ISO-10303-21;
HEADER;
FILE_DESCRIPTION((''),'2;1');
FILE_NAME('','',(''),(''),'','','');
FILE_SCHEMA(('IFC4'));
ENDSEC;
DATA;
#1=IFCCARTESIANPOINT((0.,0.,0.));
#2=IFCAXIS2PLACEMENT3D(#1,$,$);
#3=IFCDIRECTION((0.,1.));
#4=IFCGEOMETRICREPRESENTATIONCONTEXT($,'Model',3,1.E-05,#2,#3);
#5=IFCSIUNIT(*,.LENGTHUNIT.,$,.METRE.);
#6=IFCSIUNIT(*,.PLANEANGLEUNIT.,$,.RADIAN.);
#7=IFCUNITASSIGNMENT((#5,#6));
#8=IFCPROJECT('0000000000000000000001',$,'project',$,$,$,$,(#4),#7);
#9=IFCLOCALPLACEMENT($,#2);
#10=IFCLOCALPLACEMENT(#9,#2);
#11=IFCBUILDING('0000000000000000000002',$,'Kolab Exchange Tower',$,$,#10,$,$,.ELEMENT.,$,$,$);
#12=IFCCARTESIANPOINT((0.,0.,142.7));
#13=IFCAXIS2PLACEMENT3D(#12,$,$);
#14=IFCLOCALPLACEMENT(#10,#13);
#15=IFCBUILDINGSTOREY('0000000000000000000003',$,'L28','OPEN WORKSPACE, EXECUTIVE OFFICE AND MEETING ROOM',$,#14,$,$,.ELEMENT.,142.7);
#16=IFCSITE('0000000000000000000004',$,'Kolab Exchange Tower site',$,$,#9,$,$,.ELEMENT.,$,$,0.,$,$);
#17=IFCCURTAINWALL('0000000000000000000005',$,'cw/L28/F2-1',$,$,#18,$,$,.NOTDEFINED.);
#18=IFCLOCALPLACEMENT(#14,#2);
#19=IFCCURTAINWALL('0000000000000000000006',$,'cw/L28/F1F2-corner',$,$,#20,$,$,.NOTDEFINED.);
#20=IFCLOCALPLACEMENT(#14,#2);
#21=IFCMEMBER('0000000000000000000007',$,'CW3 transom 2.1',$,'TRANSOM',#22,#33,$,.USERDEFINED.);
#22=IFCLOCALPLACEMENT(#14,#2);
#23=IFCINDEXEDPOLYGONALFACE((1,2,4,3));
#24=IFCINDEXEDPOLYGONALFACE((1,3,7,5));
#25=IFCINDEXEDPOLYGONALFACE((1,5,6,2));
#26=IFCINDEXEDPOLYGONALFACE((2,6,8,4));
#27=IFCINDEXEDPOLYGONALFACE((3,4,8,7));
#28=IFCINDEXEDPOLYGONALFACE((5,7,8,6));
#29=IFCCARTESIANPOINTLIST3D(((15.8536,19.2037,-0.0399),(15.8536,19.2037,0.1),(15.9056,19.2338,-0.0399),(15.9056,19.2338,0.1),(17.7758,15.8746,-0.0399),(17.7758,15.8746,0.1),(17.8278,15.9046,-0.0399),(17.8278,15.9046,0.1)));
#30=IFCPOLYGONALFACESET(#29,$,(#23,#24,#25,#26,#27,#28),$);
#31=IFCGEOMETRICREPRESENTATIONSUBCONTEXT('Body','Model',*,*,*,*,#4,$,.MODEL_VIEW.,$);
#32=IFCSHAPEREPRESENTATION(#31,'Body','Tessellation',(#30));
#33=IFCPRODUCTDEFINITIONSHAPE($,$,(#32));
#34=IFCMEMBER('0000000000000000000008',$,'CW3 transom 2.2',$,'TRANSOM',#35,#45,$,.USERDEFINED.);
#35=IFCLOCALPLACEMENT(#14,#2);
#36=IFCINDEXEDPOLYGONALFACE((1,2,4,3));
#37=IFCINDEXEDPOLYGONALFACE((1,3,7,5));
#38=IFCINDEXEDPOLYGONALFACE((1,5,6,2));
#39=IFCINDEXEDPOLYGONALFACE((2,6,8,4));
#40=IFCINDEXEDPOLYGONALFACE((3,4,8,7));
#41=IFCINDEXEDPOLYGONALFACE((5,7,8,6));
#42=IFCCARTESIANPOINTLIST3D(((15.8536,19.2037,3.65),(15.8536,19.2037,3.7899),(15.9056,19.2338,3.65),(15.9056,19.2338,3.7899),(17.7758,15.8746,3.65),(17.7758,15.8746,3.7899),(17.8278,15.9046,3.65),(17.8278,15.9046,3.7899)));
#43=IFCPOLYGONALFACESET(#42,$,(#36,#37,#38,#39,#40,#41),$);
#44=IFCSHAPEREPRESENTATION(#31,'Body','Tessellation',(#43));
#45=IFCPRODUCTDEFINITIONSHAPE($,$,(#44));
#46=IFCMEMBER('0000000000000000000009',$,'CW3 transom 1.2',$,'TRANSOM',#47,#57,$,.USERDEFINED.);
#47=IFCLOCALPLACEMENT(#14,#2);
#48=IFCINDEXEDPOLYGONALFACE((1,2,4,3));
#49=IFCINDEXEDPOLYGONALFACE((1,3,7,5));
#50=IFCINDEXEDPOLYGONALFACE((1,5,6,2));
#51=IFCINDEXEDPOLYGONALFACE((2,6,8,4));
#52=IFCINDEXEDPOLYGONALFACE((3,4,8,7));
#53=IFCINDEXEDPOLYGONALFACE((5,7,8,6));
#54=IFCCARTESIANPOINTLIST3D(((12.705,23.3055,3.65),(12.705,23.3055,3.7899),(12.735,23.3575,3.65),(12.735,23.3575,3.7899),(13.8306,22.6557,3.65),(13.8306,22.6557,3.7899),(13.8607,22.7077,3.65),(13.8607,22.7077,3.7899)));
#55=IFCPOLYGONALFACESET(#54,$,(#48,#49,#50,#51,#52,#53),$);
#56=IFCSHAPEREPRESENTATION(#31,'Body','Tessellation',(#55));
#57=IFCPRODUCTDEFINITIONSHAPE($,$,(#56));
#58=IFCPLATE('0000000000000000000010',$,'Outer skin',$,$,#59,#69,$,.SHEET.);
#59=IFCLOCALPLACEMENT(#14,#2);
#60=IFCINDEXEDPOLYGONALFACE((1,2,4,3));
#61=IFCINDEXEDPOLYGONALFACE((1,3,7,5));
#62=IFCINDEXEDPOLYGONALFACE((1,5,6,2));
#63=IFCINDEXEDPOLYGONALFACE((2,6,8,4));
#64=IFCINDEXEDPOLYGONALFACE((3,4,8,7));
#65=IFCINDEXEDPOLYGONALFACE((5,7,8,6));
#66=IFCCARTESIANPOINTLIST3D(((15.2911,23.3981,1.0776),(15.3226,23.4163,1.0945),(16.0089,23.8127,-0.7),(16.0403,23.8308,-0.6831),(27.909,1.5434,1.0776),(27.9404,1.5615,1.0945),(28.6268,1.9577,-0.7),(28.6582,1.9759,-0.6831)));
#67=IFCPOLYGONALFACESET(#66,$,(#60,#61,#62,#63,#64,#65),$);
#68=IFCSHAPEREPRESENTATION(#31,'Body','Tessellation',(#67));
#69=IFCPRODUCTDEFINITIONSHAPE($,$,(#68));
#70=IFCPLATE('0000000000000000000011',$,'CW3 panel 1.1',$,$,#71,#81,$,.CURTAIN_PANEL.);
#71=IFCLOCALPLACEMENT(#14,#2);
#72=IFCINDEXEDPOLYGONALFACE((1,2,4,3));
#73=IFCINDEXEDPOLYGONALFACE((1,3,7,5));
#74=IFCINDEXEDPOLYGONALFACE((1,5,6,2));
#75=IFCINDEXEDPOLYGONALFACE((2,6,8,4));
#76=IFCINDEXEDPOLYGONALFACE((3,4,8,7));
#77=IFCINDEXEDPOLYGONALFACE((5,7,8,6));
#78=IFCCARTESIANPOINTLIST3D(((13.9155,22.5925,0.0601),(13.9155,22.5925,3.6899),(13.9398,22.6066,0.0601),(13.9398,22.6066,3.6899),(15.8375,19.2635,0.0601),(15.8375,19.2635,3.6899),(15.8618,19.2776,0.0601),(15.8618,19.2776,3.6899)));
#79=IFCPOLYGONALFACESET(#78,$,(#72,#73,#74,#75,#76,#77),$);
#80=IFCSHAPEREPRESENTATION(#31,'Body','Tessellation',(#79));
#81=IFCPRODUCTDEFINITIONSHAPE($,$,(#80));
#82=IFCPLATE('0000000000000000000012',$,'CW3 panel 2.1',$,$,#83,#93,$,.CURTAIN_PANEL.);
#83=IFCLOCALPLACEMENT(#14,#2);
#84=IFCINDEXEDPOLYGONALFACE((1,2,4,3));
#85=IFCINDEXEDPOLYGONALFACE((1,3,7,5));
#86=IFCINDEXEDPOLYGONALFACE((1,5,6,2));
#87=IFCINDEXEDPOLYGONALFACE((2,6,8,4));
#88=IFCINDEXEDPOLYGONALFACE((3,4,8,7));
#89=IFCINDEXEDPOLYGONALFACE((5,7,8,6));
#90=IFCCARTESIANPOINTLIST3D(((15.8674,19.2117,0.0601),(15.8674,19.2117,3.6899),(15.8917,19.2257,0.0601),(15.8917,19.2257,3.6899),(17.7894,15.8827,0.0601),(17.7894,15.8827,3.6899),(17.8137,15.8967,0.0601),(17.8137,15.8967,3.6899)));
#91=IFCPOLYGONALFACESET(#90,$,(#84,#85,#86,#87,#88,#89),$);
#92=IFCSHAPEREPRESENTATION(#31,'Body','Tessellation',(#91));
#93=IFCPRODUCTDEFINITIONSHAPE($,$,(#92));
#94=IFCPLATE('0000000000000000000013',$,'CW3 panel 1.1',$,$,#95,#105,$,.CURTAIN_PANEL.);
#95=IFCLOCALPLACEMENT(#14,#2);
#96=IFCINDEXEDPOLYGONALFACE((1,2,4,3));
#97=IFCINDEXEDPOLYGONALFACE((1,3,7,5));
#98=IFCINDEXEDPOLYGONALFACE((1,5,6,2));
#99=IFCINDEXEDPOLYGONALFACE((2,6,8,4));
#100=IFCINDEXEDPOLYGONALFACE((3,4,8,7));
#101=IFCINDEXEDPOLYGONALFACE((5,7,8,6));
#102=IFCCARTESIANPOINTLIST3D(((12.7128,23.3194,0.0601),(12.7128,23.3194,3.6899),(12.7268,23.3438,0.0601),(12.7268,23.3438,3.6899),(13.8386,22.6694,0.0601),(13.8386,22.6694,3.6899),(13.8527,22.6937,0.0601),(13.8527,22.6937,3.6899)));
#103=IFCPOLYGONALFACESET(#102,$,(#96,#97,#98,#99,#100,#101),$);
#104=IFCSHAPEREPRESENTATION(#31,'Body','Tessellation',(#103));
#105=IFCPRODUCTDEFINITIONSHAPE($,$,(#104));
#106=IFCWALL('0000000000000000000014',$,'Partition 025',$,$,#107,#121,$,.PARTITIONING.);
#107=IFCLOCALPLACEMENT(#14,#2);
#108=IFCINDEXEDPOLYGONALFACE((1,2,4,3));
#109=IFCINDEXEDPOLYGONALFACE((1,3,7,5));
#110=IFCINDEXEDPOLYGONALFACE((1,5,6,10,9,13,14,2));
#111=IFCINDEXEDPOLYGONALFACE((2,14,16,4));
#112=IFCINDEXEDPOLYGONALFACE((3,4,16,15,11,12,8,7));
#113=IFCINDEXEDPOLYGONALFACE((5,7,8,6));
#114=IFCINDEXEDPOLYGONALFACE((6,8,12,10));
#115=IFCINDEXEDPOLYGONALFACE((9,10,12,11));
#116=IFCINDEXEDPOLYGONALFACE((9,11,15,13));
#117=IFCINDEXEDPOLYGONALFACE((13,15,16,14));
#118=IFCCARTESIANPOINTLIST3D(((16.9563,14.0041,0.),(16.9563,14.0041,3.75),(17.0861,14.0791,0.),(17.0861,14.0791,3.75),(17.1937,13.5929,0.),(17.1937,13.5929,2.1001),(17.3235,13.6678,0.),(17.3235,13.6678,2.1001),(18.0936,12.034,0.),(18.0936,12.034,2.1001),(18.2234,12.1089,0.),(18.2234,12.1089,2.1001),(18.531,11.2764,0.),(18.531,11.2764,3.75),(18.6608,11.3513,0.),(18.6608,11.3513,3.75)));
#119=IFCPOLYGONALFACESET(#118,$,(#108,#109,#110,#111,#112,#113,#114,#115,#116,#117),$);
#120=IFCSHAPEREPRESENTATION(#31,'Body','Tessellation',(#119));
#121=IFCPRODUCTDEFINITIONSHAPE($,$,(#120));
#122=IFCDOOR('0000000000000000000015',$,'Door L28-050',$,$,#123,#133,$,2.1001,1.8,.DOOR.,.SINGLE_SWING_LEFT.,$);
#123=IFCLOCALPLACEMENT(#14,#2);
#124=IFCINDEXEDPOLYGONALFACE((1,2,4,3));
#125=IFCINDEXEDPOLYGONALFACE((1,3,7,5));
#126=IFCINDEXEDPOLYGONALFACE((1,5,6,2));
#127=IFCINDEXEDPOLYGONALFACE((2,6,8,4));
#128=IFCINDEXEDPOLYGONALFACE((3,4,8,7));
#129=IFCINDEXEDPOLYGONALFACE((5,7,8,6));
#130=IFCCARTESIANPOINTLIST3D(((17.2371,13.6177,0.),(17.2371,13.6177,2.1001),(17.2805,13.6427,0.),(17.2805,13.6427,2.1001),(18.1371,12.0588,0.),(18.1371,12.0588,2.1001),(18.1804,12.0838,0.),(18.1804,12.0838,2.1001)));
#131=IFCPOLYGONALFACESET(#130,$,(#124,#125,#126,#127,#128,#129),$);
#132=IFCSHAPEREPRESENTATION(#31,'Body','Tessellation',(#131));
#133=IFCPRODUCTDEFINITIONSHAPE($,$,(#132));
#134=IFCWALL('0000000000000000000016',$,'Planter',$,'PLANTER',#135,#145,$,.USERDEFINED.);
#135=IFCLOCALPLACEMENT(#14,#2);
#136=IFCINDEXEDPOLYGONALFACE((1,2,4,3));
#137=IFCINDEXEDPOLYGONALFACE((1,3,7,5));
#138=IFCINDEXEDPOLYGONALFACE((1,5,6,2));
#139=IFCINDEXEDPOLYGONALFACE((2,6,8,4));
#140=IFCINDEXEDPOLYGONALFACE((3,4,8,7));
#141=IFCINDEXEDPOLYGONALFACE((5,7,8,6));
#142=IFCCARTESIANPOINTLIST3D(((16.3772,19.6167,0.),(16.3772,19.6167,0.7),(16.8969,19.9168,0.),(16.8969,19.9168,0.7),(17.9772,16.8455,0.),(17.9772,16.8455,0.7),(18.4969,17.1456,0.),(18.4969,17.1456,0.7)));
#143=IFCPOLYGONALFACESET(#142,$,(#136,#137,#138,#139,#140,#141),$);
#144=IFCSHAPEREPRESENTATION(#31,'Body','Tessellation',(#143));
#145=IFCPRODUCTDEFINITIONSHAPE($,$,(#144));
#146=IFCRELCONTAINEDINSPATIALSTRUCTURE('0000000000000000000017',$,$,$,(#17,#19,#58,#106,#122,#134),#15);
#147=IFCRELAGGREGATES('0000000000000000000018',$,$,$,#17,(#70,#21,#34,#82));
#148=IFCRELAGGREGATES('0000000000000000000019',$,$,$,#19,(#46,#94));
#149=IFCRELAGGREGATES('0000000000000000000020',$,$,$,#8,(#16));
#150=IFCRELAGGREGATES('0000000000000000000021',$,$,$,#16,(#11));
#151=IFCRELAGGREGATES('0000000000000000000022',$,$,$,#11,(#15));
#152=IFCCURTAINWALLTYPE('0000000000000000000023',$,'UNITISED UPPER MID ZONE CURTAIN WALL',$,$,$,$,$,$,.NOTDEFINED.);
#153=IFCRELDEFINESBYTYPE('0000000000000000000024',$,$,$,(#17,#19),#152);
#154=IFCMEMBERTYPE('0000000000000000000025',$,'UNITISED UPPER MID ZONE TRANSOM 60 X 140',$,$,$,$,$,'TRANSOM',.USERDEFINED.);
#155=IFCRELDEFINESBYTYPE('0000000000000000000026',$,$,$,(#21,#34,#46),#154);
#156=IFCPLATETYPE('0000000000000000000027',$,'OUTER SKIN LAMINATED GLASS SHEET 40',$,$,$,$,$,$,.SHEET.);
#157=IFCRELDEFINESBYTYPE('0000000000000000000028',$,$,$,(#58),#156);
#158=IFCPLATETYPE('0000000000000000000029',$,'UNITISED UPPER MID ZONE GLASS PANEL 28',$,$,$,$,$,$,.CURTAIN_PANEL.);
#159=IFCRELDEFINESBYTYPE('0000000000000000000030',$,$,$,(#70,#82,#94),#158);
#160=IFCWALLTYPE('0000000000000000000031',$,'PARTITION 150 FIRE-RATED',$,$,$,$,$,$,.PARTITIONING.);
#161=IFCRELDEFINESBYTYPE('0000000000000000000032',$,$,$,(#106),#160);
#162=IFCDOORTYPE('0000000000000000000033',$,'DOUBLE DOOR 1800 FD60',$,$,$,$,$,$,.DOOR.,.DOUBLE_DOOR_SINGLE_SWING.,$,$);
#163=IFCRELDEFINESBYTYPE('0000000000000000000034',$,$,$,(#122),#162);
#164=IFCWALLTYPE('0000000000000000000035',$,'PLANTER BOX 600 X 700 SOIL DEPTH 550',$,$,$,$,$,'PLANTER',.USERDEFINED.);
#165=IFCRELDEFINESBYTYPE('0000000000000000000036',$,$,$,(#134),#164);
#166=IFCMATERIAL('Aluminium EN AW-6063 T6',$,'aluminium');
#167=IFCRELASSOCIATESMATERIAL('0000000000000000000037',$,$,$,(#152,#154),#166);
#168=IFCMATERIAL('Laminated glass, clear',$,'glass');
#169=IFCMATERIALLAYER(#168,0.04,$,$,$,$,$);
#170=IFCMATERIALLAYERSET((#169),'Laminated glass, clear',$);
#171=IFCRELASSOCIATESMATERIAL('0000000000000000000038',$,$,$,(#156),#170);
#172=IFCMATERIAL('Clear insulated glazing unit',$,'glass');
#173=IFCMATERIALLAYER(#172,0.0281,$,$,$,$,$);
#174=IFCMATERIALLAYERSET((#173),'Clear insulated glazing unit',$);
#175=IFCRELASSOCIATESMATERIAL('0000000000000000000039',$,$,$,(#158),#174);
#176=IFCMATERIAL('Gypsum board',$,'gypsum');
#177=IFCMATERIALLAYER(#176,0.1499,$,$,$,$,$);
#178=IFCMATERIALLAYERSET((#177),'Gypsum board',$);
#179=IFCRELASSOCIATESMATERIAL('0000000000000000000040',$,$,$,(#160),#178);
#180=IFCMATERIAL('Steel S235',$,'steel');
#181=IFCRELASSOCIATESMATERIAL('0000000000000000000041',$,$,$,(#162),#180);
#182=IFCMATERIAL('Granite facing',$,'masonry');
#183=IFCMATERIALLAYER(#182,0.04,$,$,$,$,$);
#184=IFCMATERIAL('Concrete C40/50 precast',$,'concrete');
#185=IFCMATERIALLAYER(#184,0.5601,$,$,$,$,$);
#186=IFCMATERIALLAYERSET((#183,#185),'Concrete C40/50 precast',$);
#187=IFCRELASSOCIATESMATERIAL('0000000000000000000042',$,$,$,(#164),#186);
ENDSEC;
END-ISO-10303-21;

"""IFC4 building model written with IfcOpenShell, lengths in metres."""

from ifc_helpers import new_model, si_unit, direction, frame, frame_2d, origin, origin_2d, place, context, subcontext, project, spatial, polyline, rectangle, outline, extrude, material, layer, layer_set, material_profile, profile_set, type_object, element, fill, aggregate, save


model = new_model("IFC4")

# Units and contexts
model_context = context("Model", 3, precision=1e-05, world=origin(), true_north=direction((0.0, 1.0)))
body_context = subcontext(model_context, "Body", "Model", "MODEL_VIEW")
ifc_project = project(units=[si_unit("LENGTHUNIT", "METRE"), si_unit("PLANEANGLEUNIT", "RADIAN")], contexts=[model_context])

# Site, building, storey
site_placement = place(None, origin())
site = spatial("IfcSite", under=ifc_project, at=site_placement, Name="Kolab Exchange Tower site", CompositionType="ELEMENT", RefElevation=0.0)
building_placement = place(site_placement, origin())
building = spatial("IfcBuilding", under=site, at=building_placement, Name="Kolab Exchange Tower", CompositionType="ELEMENT")
storey_placement = place(building_placement, frame((0.0, 0.0, 142.7)))
storey = spatial("IfcBuildingStorey", under=building, at=storey_placement, Name="L28", Description="OPEN WORKSPACE, EXECUTIVE OFFICE AND MEETING ROOM", CompositionType="ELEMENT", Elevation=142.7)

# Curtain wall
ifc_material_1 = material(Name="Aluminium EN AW-6063 T6", Category="aluminium")
curtain_wall_type = type_object("IfcCurtainWallType", Name="UNITISED UPPER MID ZONE CURTAIN WALL", PredefinedType="NOTDEFINED", material=ifc_material_1)
curtain_wall_1_placement = place(storey_placement, origin())
curtain_wall_1 = element("IfcCurtainWall", 1, at=curtain_wall_1_placement, inside=storey, type_object=curtain_wall_type, Name="cw/L28/F2-1", PredefinedType="NOTDEFINED")

# Curtain wall
curtain_wall_2_placement = place(storey_placement, origin())
curtain_wall_2 = element("IfcCurtainWall", 2, at=curtain_wall_2_placement, inside=storey, type_object=curtain_wall_type, Name="cw/L28/F1F2-corner", PredefinedType="NOTDEFINED")

# Members
ifc_material_profile_1 = material_profile(ifc_material_1, rectangle(XDim=0.0601, YDim=0.1399, at=origin_2d()), Name="RECT 60X140")
ifc_profile_set_1 = profile_set([ifc_material_profile_1], Name="Aluminium EN AW-6063 T6")
member_type_1 = type_object("IfcMemberType", Name="UNITISED UPPER MID ZONE TRANSOM 60 X 140", ElementType="TRANSOM", PredefinedType="USERDEFINED", material=ifc_profile_set_1)
member_1_placement = place(storey_placement, frame((15.8796, 19.2188, 0.03), z_axis=(0.500012, -0.866018, 0.0), x_axis=(0.866018, 0.500012, 0.0)))
member_1 = element("IfcMember", 3, at=member_1_placement, type_object=member_type_1, Name="CW3 transom 2.1", ObjectType="TRANSOM", PredefinedType="USERDEFINED", context=body_context, shape_type="SweptSolid", body=[
    extrude(rectangle(XDim=0.0601, YDim=0.1399, at=origin_2d()), origin(), (0.0, 0.0, 1.0), 3.8442),
])
member_2_placement = place(storey_placement, frame((15.8796, 19.2188, 3.72), z_axis=(0.500012, -0.866018, 0.0), x_axis=(0.866018, 0.500012, 0.0)))
member_2 = element("IfcMember", 4, at=member_2_placement, type_object=member_type_1, Name="CW3 transom 2.2", ObjectType="TRANSOM", PredefinedType="USERDEFINED", context=body_context, shape_type="SweptSolid", body=[
    extrude(rectangle(XDim=0.0601, YDim=0.1399, at=origin_2d()), origin(), (0.0, 0.0, 1.0), 3.8442),
])
member_3_placement = place(storey_placement, frame((12.72, 23.3315, 3.72), z_axis=(0.866039, -0.499977, 0.0), x_axis=(0.499977, 0.866039, 0.0)))
member_3 = element("IfcMember", 5, at=member_3_placement, type_object=member_type_1, Name="CW3 transom 1.2", ObjectType="TRANSOM", PredefinedType="USERDEFINED", context=body_context, shape_type="SweptSolid", body=[
    extrude(rectangle(XDim=0.0601, YDim=0.1399, at=origin_2d()), origin(), (0.0, 0.0, 1.0), 1.2998),
])

# Plates
ifc_material_2 = material(Name="Laminated glass, clear", Category="glass")
ifc_layer_1 = layer(ifc_material_2, 0.04)
ifc_layer_set_1 = layer_set([ifc_layer_1], Name="Laminated glass, clear")
plate_type_1 = type_object("IfcPlateType", Name="OUTER SKIN LAMINATED GLASS SHEET 40", PredefinedType="SHEET", material=ifc_layer_set_1)
plate_1_placement = place(storey_placement, frame((16.0403, 23.8308, -0.6831), z_axis=(0.784899, 0.453162, 0.422585), x_axis=(0.5, -0.866025, 0.000001)))
element("IfcPlate", 6, at=plate_1_placement, inside=storey, type_object=plate_type_1, Name="Outer skin", PredefinedType="SHEET", context=body_context, shape_type="SweptSolid", body=[
    extrude(outline(polyline([(0.0, 0.0), (25.2359, 0.0), (25.2358, -1.9613), (0.0001, -1.9613), (0.0, 0.0)])), origin(), (0.0, 0.0, -1.0), 0.04),
])
ifc_material_3 = material(Name="Clear insulated glazing unit", Category="glass")
ifc_layer_2 = layer(ifc_material_3, 0.0281)
ifc_layer_set_2 = layer_set([ifc_layer_2], Name="Clear insulated glazing unit")
plate_type_2 = type_object("IfcPlateType", Name="UNITISED UPPER MID ZONE GLASS PANEL 28", PredefinedType="CURTAIN_PANEL", material=ifc_layer_set_2)
plate_2_placement = place(storey_placement, frame((14.8887, 20.9351, 0.0601), z_axis=(0.0, 0.0, 1.0), x_axis=(0.5, -0.866025, 0.0)))
plate_2 = element("IfcPlate", 7, at=plate_2_placement, type_object=plate_type_2, Name="CW3 panel 1.1", PredefinedType="CURTAIN_PANEL", context=body_context, shape_type="SweptSolid", body=[
    extrude(rectangle(XDim=3.844, YDim=0.0281, at=origin_2d()), origin(), (0.0, 0.0, 1.0), 3.6299),
])
plate_3_placement = place(storey_placement, frame((16.8406, 17.5542, 0.0601), z_axis=(0.0, 0.0, 1.0), x_axis=(0.5, -0.866025, 0.0)))
plate_3 = element("IfcPlate", 8, at=plate_3_placement, type_object=plate_type_2, Name="CW3 panel 2.1", PredefinedType="CURTAIN_PANEL", context=body_context, shape_type="SweptSolid", body=[
    extrude(rectangle(XDim=3.844, YDim=0.0281, at=origin_2d()), origin(), (0.0, 0.0, 1.0), 3.6299),
])
aggregate(curtain_wall_1, [plate_2, member_1, member_2, plate_3])
plate_4_placement = place(storey_placement, frame((13.2827, 23.0066, 0.0601), z_axis=(0.0, 0.0, 1.0), x_axis=(0.866025, -0.5, 0.0)))
plate_4 = element("IfcPlate", 9, at=plate_4_placement, type_object=plate_type_2, Name="CW3 panel 1.1", PredefinedType="CURTAIN_PANEL", context=body_context, shape_type="SweptSolid", body=[
    extrude(rectangle(XDim=1.3, YDim=0.0281, at=origin_2d()), origin(), (0.0, 0.0, 1.0), 3.6299),
])
aggregate(curtain_wall_2, [member_3, plate_4])

# Wall, opening, door
ifc_material_4 = material(Name="Gypsum board", Category="gypsum")
ifc_layer_3 = layer(ifc_material_4, 0.1499)
ifc_layer_set_3 = layer_set([ifc_layer_3], Name="Gypsum board")
wall_type_1 = type_object("IfcWallType", Name="PARTITION 150 FIRE-RATED", PredefinedType="PARTITIONING", material=ifc_layer_set_3)
wall_1_placement = place(storey_placement, frame((17.0212, 14.0415, 0.0), z_axis=(0.0, 0.0, 1.0), x_axis=(0.499957, -0.86605, 0.0)))
wall_1 = element("IfcWall", 10, at=wall_1_placement, inside=storey, type_object=wall_type_1, Name="Partition 025", PredefinedType="PARTITIONING", context=body_context, shape_type="SweptSolid", body=[
    extrude(rectangle(XDim=3.1497, YDim=0.1499, at=frame_2d((1.5747, 0.0))), origin(), (0.0, 0.0, 1.0), 3.75),
])
opening_1_placement = place(wall_1_placement, frame((0.4749, 0.0, 0.0)))
opening_1 = element("IfcOpeningElement", 11, at=opening_1_placement, cuts=wall_1, PredefinedType="OPENING", context=body_context, shape_type="SweptSolid", body=[
    extrude(rectangle(XDim=1.8, YDim=2.1001, at=frame_2d((0.8999, 1.05))), frame((0.0, 0.085, 0.0), z_axis=(0.0, -1.0, 0.0), x_axis=(1.0, 0.0, 0.0)), (0.0, 0.0, 1.0), 0.1699),
])
ifc_material_5 = material(Name="Steel S235", Category="steel")
door_type_1 = type_object("IfcDoorType", Name="DOUBLE DOOR 1800 FD60", OperationType="DOUBLE_DOOR_SINGLE_SWING", PredefinedType="DOOR", material=ifc_material_5)
door_1_placement = place(opening_1_placement, frame((1.8, 0.0, 0.0), z_axis=(0.0, 0.0, 1.0), x_axis=(-1.0, 0.0, 0.0)))
door_1 = element("IfcDoor", 12, at=door_1_placement, inside=storey, type_object=door_type_1, Name="Door L28-050", OperationType="SINGLE_SWING_LEFT", OverallHeight=2.1001, OverallWidth=1.8, PredefinedType="DOOR", context=body_context, shape_type="SweptSolid", body=[
    extrude(rectangle(XDim=1.8, YDim=2.1001, at=frame_2d((0.8999, 1.05))), frame((0.0, 0.0249, 0.0), z_axis=(0.0, -1.0, 0.0), x_axis=(1.0, 0.0, 0.0)), (0.0, 0.0, 1.0), 0.05),
])
fill(opening_1, door_1)

# Wall
ifc_material_6 = material(Name="Granite facing", Category="masonry")
ifc_layer_4 = layer(ifc_material_6, 0.04)
ifc_material_7 = material(Name="Concrete C40/50 precast", Category="concrete")
ifc_layer_5 = layer(ifc_material_7, 0.5601)
ifc_layer_set_4 = layer_set([ifc_layer_4, ifc_layer_5], Name="Concrete C40/50 precast")
wall_type_2 = type_object("IfcWallType", Name="PLANTER BOX 600 X 700 SOIL DEPTH 550", ElementType="PLANTER", PredefinedType="USERDEFINED", material=ifc_layer_set_4)
wall_2_placement = place(storey_placement, frame((16.637, 19.7668, 0.0), z_axis=(0.0, 0.0, 1.0), x_axis=(0.500028, -0.866009, 0.0)))
element("IfcWall", 13, at=wall_2_placement, inside=storey, type_object=wall_type_2, Name="Planter", ObjectType="PLANTER", PredefinedType="USERDEFINED", context=body_context, shape_type="SweptSolid", body=[
    extrude(rectangle(XDim=3.2, YDim=0.6001, at=frame_2d((1.6001, 0.0))), origin(), (0.0, 0.0, 1.0), 0.7),
])

save(model, "model.ifc")
